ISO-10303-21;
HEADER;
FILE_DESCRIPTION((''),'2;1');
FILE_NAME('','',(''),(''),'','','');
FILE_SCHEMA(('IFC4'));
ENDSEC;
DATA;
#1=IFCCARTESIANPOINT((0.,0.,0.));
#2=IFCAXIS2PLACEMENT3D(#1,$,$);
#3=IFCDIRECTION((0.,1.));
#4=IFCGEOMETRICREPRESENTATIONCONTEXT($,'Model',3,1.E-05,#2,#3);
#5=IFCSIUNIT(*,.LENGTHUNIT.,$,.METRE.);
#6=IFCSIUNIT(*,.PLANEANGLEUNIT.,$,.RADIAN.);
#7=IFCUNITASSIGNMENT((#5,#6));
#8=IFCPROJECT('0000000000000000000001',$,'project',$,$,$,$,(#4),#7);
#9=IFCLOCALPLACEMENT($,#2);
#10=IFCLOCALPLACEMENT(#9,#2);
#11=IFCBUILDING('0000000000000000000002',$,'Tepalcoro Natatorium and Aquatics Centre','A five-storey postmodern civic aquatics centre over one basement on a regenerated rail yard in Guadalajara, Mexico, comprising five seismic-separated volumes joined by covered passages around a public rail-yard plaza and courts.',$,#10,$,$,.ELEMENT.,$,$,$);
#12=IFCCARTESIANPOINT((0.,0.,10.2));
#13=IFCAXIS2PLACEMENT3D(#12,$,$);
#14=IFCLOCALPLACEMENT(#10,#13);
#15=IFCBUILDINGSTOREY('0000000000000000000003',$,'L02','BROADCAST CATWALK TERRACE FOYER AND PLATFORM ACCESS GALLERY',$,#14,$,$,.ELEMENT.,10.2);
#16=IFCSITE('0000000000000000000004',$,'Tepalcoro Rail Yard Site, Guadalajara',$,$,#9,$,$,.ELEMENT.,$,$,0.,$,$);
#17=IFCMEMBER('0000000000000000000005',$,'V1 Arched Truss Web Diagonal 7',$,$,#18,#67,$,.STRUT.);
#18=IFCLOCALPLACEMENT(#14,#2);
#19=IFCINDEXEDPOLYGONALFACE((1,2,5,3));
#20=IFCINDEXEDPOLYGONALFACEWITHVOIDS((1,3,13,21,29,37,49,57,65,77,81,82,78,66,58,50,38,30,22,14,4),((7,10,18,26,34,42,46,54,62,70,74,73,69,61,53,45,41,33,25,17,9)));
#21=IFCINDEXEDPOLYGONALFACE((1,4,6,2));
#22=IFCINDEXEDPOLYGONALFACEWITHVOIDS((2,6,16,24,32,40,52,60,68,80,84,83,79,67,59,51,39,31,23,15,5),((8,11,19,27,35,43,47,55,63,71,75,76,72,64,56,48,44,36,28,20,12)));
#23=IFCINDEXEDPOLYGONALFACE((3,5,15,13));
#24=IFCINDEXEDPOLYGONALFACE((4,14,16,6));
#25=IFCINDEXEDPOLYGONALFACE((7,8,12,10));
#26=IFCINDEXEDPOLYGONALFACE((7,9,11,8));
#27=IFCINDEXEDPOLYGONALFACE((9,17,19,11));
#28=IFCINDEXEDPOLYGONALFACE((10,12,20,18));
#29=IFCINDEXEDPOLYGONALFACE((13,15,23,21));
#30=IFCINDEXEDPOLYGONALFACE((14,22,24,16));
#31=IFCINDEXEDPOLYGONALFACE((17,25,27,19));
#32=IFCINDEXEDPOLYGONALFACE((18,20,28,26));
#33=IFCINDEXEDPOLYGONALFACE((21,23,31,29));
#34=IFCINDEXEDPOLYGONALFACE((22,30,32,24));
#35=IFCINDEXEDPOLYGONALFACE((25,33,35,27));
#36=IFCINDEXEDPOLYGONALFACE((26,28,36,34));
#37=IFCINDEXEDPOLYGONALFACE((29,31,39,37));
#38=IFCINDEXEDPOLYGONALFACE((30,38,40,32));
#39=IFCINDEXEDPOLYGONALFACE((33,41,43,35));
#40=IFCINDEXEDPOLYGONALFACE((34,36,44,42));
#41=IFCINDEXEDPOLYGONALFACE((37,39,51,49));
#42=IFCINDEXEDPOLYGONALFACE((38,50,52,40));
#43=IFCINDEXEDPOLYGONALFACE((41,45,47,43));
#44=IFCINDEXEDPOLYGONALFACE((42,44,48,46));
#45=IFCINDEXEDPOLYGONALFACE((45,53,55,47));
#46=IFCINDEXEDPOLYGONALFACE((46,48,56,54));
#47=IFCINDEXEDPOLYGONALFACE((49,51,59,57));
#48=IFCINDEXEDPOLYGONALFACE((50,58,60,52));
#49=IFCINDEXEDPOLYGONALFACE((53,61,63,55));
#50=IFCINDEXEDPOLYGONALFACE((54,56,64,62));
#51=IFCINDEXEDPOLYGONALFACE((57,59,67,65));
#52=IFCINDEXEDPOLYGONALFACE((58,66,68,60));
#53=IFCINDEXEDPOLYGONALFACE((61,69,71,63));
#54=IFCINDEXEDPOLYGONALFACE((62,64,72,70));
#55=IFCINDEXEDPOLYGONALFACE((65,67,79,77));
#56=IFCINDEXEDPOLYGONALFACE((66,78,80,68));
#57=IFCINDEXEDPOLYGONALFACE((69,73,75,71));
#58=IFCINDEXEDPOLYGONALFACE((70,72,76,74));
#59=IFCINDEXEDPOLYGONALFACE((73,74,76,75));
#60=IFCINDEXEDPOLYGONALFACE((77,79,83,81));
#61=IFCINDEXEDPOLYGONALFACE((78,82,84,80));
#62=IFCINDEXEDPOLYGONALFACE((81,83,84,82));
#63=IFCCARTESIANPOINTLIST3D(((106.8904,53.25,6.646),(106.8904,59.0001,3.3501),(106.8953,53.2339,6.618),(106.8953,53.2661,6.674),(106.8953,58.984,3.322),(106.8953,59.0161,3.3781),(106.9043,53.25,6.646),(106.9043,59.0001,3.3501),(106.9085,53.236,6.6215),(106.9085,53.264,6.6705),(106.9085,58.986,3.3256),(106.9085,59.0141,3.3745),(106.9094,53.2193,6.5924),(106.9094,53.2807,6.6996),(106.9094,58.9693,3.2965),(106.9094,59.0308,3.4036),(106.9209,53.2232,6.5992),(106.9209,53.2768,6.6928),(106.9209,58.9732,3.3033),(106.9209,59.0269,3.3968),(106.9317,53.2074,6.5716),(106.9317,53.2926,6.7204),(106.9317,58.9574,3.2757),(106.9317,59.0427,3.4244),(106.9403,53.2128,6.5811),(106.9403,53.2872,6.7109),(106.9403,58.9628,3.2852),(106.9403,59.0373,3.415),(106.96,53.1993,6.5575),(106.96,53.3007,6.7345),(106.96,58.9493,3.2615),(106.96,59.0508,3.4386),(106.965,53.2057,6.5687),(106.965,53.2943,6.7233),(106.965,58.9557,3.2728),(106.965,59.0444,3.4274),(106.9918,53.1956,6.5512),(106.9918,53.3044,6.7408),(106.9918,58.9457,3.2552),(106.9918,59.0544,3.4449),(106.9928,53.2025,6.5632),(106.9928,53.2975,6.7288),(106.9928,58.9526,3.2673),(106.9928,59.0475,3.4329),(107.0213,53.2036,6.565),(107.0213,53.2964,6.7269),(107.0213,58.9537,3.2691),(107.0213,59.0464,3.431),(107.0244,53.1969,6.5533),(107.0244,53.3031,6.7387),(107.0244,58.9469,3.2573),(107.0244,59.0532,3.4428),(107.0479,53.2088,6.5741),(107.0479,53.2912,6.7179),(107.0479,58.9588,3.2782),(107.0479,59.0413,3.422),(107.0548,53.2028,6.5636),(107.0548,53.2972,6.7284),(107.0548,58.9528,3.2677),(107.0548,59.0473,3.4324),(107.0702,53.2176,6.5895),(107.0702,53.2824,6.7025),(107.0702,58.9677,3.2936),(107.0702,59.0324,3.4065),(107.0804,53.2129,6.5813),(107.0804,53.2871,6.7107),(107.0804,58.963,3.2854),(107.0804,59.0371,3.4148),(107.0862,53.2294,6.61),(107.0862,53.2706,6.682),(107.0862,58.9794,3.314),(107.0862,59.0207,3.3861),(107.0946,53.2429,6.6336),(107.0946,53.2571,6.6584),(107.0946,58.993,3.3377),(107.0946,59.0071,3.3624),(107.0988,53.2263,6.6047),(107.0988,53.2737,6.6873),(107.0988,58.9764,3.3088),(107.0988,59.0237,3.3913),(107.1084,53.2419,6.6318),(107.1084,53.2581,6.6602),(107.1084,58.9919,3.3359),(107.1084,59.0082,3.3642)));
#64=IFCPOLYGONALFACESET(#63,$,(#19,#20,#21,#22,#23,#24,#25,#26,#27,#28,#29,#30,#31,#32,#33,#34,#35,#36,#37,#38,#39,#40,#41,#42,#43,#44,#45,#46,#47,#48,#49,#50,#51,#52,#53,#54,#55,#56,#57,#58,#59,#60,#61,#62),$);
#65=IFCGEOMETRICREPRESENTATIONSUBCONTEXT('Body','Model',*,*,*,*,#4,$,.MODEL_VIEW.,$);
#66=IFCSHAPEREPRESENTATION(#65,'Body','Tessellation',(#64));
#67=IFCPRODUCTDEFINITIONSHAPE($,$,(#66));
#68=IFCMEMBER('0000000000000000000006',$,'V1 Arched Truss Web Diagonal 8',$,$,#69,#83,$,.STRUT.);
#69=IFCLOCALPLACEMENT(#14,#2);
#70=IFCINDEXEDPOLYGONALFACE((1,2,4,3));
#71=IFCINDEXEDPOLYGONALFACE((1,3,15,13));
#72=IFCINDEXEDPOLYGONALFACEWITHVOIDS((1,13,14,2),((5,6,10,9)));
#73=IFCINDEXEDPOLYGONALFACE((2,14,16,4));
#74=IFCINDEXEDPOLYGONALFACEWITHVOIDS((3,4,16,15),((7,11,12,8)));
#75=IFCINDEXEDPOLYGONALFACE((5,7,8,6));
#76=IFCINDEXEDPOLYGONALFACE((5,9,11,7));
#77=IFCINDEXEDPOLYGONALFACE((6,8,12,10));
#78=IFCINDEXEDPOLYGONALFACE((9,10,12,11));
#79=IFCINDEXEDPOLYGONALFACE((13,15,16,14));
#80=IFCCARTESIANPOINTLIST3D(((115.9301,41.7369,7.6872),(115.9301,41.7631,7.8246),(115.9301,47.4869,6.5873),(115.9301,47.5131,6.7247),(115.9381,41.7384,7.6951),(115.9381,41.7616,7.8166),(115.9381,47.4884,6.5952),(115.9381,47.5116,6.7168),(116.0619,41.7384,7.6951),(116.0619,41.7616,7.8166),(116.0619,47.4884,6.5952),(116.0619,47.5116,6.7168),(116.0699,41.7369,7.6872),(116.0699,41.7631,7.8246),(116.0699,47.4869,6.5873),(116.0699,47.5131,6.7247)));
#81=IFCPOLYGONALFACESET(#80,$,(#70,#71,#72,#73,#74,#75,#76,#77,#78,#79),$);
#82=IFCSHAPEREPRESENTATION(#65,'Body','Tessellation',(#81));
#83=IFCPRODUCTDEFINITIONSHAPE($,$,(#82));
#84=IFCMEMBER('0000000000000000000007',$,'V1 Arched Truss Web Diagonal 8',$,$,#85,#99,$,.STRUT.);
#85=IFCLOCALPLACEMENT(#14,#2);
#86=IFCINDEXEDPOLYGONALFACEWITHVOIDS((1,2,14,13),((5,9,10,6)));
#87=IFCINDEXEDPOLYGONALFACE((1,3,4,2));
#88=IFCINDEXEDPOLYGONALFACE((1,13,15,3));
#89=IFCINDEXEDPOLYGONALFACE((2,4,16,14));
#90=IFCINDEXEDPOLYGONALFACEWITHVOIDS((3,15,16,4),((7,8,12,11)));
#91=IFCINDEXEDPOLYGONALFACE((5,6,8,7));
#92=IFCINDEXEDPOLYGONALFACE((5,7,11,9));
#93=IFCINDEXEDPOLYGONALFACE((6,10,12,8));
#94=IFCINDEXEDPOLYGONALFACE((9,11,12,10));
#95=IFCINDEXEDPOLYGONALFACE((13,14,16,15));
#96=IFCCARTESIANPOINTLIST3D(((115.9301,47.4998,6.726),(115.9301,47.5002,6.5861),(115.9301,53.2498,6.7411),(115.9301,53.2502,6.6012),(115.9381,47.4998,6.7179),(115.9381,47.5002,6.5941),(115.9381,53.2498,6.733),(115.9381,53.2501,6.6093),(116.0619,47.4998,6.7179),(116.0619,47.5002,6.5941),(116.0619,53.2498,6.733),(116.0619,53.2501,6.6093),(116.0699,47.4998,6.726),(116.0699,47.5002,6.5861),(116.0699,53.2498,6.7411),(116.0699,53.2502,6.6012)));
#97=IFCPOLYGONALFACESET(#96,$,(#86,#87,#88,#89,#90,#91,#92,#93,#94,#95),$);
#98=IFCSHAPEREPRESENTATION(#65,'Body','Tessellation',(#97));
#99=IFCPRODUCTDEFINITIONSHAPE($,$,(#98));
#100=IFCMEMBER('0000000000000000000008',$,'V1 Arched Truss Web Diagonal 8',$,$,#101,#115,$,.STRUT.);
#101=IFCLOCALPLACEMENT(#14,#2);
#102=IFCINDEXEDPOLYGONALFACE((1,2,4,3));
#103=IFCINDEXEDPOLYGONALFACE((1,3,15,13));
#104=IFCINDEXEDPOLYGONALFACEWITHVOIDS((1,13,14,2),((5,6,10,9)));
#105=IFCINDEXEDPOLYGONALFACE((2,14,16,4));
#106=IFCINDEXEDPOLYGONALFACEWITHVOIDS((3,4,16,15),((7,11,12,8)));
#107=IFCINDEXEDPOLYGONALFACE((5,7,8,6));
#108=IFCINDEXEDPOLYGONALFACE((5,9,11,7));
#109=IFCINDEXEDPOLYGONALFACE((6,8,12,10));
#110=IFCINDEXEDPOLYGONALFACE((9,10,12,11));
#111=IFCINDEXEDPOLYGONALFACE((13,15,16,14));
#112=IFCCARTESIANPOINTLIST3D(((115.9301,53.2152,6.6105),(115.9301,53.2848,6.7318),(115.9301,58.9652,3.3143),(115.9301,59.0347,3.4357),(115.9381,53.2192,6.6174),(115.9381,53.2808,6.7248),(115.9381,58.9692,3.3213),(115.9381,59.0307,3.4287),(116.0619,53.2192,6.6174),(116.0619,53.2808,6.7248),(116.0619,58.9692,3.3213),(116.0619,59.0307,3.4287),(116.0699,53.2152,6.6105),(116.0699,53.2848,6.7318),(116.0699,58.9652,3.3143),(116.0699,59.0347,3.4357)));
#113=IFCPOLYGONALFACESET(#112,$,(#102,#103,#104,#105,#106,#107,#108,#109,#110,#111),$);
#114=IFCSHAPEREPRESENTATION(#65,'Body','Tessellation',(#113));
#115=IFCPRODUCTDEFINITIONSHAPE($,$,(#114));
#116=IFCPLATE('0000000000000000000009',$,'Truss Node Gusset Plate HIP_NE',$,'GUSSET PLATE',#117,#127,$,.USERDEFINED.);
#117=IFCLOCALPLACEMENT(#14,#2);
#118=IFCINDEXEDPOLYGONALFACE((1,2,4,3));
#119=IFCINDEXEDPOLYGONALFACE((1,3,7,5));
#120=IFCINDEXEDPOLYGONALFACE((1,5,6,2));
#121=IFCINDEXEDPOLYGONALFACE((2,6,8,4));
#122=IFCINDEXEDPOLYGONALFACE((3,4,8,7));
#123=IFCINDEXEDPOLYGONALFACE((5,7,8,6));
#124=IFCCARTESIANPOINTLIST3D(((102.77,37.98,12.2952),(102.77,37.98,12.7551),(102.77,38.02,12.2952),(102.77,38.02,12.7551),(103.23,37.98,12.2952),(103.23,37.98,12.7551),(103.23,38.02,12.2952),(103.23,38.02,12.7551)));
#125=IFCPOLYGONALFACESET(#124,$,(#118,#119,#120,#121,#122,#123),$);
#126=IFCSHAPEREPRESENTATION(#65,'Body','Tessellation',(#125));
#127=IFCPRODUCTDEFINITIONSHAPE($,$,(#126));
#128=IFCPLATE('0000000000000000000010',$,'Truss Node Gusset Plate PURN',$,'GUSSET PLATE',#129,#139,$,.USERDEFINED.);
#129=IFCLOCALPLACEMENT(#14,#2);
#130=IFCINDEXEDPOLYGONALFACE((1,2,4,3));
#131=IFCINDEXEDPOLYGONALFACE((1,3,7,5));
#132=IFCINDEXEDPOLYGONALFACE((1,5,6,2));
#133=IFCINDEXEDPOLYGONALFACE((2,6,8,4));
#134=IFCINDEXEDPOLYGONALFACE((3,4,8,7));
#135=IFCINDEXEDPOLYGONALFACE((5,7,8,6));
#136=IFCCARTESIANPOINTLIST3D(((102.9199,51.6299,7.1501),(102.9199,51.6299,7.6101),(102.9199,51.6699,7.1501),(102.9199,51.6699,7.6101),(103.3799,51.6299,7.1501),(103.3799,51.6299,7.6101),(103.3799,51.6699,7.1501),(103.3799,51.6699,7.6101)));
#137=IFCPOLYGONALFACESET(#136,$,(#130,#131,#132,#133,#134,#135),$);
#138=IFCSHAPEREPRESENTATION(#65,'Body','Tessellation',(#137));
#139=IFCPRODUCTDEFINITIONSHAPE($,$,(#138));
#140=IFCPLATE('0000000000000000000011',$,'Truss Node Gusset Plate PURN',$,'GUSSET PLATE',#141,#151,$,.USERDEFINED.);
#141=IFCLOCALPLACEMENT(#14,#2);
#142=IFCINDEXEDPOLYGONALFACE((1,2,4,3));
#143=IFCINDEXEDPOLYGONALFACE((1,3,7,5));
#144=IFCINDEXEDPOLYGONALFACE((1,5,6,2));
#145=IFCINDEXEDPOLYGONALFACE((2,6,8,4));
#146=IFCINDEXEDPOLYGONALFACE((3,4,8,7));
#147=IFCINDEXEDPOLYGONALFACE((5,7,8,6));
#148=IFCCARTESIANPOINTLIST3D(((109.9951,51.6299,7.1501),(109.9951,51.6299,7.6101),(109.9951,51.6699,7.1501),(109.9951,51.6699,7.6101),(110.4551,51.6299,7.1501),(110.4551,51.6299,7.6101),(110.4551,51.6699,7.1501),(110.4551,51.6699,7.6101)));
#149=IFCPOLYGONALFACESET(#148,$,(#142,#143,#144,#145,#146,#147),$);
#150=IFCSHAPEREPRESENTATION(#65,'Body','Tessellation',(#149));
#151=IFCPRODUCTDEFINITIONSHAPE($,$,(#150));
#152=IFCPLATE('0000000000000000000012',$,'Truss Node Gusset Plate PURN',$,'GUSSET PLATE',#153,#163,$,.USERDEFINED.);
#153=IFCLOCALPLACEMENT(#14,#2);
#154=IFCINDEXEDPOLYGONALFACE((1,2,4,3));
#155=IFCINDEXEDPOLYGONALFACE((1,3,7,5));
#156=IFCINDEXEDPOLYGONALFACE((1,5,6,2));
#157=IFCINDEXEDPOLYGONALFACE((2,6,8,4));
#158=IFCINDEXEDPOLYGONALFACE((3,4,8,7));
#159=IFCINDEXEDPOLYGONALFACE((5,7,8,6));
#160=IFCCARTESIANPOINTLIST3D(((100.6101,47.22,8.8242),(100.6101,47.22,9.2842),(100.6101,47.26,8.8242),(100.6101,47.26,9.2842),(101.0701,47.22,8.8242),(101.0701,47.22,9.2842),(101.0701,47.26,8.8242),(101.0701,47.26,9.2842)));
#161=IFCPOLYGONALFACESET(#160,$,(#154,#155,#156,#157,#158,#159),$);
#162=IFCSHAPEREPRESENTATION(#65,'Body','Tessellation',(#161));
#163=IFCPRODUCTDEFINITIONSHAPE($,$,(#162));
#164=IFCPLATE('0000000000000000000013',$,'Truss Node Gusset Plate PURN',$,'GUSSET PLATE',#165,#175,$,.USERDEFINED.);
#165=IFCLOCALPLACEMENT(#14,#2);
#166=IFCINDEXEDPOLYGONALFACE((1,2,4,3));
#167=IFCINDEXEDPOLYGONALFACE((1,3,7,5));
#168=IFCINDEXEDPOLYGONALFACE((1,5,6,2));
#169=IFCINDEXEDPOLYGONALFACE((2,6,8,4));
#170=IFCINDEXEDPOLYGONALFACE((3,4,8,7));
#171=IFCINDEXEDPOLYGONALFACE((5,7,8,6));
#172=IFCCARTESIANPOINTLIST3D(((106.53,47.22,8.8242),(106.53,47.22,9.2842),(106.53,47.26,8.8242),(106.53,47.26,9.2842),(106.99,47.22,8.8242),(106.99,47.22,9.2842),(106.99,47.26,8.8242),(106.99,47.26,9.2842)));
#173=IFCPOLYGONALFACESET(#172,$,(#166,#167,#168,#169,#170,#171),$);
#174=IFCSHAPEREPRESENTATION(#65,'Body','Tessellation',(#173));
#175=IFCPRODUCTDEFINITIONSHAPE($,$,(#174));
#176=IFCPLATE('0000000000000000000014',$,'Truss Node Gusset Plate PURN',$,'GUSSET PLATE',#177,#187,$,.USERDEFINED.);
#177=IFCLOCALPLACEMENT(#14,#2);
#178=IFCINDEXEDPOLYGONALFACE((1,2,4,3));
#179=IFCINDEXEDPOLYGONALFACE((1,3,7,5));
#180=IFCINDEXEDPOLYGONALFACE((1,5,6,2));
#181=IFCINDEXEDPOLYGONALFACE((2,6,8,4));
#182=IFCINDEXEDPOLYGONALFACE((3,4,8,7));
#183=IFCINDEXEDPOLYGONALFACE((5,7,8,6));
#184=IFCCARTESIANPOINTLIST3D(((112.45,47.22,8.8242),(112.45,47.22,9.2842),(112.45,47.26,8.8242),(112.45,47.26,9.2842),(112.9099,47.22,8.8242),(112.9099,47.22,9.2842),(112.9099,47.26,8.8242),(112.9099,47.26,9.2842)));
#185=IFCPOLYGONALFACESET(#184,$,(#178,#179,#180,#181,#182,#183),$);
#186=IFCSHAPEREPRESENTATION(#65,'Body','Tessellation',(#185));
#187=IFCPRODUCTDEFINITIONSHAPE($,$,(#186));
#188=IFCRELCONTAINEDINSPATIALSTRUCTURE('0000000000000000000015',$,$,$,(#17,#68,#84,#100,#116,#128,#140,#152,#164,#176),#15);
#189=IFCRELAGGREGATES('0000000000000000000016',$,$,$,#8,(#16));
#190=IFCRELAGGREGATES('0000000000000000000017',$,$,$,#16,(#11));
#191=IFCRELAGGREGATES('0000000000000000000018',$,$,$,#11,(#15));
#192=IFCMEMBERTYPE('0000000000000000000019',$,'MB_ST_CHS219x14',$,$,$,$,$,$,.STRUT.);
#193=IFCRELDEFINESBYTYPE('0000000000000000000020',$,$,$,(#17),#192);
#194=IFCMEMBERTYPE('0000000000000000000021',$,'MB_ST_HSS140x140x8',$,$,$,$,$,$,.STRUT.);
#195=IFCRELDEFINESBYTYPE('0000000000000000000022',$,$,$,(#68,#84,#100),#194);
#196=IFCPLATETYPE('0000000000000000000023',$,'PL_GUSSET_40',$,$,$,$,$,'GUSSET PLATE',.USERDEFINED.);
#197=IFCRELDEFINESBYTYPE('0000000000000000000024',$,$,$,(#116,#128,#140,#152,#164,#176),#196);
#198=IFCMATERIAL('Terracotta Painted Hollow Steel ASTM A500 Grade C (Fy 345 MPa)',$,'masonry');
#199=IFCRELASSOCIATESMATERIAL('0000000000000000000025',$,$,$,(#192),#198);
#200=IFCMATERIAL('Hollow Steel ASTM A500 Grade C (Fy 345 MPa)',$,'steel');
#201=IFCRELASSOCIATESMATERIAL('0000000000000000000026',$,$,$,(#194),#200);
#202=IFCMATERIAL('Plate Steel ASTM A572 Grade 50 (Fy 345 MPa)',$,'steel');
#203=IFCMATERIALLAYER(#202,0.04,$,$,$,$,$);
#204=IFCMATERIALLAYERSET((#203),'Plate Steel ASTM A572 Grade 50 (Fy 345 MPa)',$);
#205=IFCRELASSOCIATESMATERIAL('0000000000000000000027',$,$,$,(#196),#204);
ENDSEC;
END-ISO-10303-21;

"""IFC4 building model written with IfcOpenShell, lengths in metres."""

from ifc_helpers import new_model, si_unit, direction, frame, origin, origin_2d, place, context, subcontext, project, spatial, rectangle, hollow_rectangle, hollow_circle, extrude, material, layer, layer_set, material_profile, profile_set, type_object, element, save


model = new_model("IFC4")

# Units and contexts
model_context = context("Model", 3, precision=1e-05, world=origin(), true_north=direction((0.0, 1.0)))
body_context = subcontext(model_context, "Body", "Model", "MODEL_VIEW")
ifc_project = project(units=[si_unit("LENGTHUNIT", "METRE"), si_unit("PLANEANGLEUNIT", "RADIAN")], contexts=[model_context])

# Site, building, storey
site_placement = place(None, origin())
site = spatial("IfcSite", under=ifc_project, at=site_placement, Name="Tepalcoro Rail Yard Site, Guadalajara", CompositionType="ELEMENT", RefElevation=0.0)
building_placement = place(site_placement, origin())
building = spatial("IfcBuilding", under=site, at=building_placement, Name="Tepalcoro Natatorium and Aquatics Centre", Description="A five-storey postmodern civic aquatics centre over one basement on a regenerated rail yard in Guadalajara, Mexico, comprising five seismic-separated volumes joined by covered passages around a public rail-yard plaza and courts.", CompositionType="ELEMENT")
storey_placement = place(building_placement, frame((0.0, 0.0, 10.2)))
storey = spatial("IfcBuildingStorey", under=building, at=storey_placement, Name="L02", Description="BROADCAST CATWALK TERRACE FOYER AND PLATFORM ACCESS GALLERY", CompositionType="ELEMENT", Elevation=10.2)

# Shared definitions
ifc_material_1 = material(Name="Terracotta Painted Hollow Steel ASTM A500 Grade C (Fy 345 MPa)", Category="masonry")

# Members
ifc_material_2 = material(Name="Hollow Steel ASTM A500 Grade C (Fy 345 MPa)", Category="steel")
ifc_material_profile_1 = material_profile(ifc_material_1, hollow_circle(Radius=0.1096, WallThickness=0.0139, at=origin_2d()), Name="CHS219X14")
ifc_profile_set_1 = profile_set([ifc_material_profile_1], Name="Terracotta Painted Hollow Steel ASTM A500 Grade C (Fy 345 MPa)")
member_type_1 = type_object("IfcMemberType", Name="MB_ST_CHS219x14", PredefinedType="STRUT", material=ifc_profile_set_1)
member_1_placement = place(storey_placement, frame((107.0, 53.25, 6.646), z_axis=(0.0, 0.86758, -0.497297), x_axis=(-1.0, 0.0, 0.0)))
element("IfcMember", 1, at=member_1_placement, inside=storey, type_object=member_type_1, Name="V1 Arched Truss Web Diagonal 7", PredefinedType="STRUT", context=body_context, shape_type="SweptSolid", body=[
    extrude(hollow_circle(Radius=0.1096, WallThickness=0.0139, at=origin_2d()), origin(), (0.0, 0.0, 1.0), 6.6277),
])
ifc_material_profile_2 = material_profile(ifc_material_2, hollow_rectangle(XDim=0.1399, YDim=0.1399, WallThickness=0.0081, at=origin_2d()), Name="HSS140X140X8")
ifc_profile_set_2 = profile_set([ifc_material_profile_2], Name="Hollow Steel ASTM A500 Grade C (Fy 345 MPa)")
member_type_2 = type_object("IfcMemberType", Name="MB_ST_HSS140x140x8", PredefinedType="STRUT", material=ifc_profile_set_2)
member_2_placement = place(storey_placement, frame((116.0, 41.75, 7.7559), z_axis=(0.0, 0.982193, -0.187873), x_axis=(-1.0, 0.0, 0.0)))
element("IfcMember", 2, at=member_2_placement, inside=storey, type_object=member_type_2, Name="V1 Arched Truss Web Diagonal 8", PredefinedType="STRUT", context=body_context, shape_type="SweptSolid", body=[
    extrude(hollow_rectangle(XDim=0.1399, YDim=0.1399, WallThickness=0.0081, at=origin_2d()), origin(), (0.0, 0.0, 1.0), 5.8542),
])
member_3_placement = place(storey_placement, frame((116.0, 47.5, 6.656), z_axis=(0.0, 0.999997, 0.002632), x_axis=(-1.0, 0.0, 0.0)))
element("IfcMember", 3, at=member_3_placement, inside=storey, type_object=member_type_2, Name="V1 Arched Truss Web Diagonal 8", PredefinedType="STRUT", context=body_context, shape_type="SweptSolid", body=[
    extrude(hollow_rectangle(XDim=0.1399, YDim=0.1399, WallThickness=0.0081, at=origin_2d()), origin(), (0.0, 0.0, 1.0), 5.75),
])
member_4_placement = place(storey_placement, frame((116.0, 53.25, 6.6711), z_axis=(0.0, 0.867565, -0.497325), x_axis=(-1.0, 0.0, 0.0)))
element("IfcMember", 4, at=member_4_placement, inside=storey, type_object=member_type_2, Name="V1 Arched Truss Web Diagonal 8", PredefinedType="STRUT", context=body_context, shape_type="SweptSolid", body=[
    extrude(hollow_rectangle(XDim=0.1399, YDim=0.1399, WallThickness=0.0081, at=origin_2d()), origin(), (0.0, 0.0, 1.0), 6.6277),
])

# Plates
ifc_material_3 = material(Name="Plate Steel ASTM A572 Grade 50 (Fy 345 MPa)", Category="steel")
ifc_layer_1 = layer(ifc_material_3, 0.04)
ifc_layer_set_1 = layer_set([ifc_layer_1], Name="Plate Steel ASTM A572 Grade 50 (Fy 345 MPa)")
plate_type = type_object("IfcPlateType", Name="PL_GUSSET_40", ElementType="GUSSET PLATE", PredefinedType="USERDEFINED", material=ifc_layer_set_1)
for number, where, z_axis, x_axis, name in (
    (5, (103.0, 38.0, 12.2952), (0.0, 0.0, 1.0), (1.0, 0.0, 0.0), "Truss Node Gusset Plate HIP_NE"),
    (6, (103.1499, 51.6499, 7.1501), (0.0, 0.0, 1.0), (1.0, 0.0, 0.0), "Truss Node Gusset Plate PURN"),
    (7, (110.2251, 51.6499, 7.1501), (0.0, 0.0, 1.0), (1.0, 0.0, 0.0), "Truss Node Gusset Plate PURN"),
    (8, (100.8401, 47.24, 8.8242), (0.0, 0.0, 1.0), (1.0, 0.0, 0.0), "Truss Node Gusset Plate PURN"),
    (9, (106.76, 47.24, 8.8242), (0.0, 0.0, 1.0), (1.0, 0.0, 0.0), "Truss Node Gusset Plate PURN"),
    (10, (112.6799, 47.24, 8.8242), (0.0, 0.0, 1.0), (1.0, 0.0, 0.0), "Truss Node Gusset Plate PURN"),
):
    element("IfcPlate", number, at=place(storey_placement, frame(where, z_axis=z_axis, x_axis=x_axis)), inside=storey, type_object=plate_type, Name=name, ObjectType="GUSSET PLATE", PredefinedType="USERDEFINED", context=body_context, shape_type="SweptSolid", body=[
        extrude(rectangle(XDim=0.46, YDim=0.04, at=origin_2d()), origin(), (0.0, 0.0, 1.0), 0.46),
    ])

save(model, "model.ifc")
